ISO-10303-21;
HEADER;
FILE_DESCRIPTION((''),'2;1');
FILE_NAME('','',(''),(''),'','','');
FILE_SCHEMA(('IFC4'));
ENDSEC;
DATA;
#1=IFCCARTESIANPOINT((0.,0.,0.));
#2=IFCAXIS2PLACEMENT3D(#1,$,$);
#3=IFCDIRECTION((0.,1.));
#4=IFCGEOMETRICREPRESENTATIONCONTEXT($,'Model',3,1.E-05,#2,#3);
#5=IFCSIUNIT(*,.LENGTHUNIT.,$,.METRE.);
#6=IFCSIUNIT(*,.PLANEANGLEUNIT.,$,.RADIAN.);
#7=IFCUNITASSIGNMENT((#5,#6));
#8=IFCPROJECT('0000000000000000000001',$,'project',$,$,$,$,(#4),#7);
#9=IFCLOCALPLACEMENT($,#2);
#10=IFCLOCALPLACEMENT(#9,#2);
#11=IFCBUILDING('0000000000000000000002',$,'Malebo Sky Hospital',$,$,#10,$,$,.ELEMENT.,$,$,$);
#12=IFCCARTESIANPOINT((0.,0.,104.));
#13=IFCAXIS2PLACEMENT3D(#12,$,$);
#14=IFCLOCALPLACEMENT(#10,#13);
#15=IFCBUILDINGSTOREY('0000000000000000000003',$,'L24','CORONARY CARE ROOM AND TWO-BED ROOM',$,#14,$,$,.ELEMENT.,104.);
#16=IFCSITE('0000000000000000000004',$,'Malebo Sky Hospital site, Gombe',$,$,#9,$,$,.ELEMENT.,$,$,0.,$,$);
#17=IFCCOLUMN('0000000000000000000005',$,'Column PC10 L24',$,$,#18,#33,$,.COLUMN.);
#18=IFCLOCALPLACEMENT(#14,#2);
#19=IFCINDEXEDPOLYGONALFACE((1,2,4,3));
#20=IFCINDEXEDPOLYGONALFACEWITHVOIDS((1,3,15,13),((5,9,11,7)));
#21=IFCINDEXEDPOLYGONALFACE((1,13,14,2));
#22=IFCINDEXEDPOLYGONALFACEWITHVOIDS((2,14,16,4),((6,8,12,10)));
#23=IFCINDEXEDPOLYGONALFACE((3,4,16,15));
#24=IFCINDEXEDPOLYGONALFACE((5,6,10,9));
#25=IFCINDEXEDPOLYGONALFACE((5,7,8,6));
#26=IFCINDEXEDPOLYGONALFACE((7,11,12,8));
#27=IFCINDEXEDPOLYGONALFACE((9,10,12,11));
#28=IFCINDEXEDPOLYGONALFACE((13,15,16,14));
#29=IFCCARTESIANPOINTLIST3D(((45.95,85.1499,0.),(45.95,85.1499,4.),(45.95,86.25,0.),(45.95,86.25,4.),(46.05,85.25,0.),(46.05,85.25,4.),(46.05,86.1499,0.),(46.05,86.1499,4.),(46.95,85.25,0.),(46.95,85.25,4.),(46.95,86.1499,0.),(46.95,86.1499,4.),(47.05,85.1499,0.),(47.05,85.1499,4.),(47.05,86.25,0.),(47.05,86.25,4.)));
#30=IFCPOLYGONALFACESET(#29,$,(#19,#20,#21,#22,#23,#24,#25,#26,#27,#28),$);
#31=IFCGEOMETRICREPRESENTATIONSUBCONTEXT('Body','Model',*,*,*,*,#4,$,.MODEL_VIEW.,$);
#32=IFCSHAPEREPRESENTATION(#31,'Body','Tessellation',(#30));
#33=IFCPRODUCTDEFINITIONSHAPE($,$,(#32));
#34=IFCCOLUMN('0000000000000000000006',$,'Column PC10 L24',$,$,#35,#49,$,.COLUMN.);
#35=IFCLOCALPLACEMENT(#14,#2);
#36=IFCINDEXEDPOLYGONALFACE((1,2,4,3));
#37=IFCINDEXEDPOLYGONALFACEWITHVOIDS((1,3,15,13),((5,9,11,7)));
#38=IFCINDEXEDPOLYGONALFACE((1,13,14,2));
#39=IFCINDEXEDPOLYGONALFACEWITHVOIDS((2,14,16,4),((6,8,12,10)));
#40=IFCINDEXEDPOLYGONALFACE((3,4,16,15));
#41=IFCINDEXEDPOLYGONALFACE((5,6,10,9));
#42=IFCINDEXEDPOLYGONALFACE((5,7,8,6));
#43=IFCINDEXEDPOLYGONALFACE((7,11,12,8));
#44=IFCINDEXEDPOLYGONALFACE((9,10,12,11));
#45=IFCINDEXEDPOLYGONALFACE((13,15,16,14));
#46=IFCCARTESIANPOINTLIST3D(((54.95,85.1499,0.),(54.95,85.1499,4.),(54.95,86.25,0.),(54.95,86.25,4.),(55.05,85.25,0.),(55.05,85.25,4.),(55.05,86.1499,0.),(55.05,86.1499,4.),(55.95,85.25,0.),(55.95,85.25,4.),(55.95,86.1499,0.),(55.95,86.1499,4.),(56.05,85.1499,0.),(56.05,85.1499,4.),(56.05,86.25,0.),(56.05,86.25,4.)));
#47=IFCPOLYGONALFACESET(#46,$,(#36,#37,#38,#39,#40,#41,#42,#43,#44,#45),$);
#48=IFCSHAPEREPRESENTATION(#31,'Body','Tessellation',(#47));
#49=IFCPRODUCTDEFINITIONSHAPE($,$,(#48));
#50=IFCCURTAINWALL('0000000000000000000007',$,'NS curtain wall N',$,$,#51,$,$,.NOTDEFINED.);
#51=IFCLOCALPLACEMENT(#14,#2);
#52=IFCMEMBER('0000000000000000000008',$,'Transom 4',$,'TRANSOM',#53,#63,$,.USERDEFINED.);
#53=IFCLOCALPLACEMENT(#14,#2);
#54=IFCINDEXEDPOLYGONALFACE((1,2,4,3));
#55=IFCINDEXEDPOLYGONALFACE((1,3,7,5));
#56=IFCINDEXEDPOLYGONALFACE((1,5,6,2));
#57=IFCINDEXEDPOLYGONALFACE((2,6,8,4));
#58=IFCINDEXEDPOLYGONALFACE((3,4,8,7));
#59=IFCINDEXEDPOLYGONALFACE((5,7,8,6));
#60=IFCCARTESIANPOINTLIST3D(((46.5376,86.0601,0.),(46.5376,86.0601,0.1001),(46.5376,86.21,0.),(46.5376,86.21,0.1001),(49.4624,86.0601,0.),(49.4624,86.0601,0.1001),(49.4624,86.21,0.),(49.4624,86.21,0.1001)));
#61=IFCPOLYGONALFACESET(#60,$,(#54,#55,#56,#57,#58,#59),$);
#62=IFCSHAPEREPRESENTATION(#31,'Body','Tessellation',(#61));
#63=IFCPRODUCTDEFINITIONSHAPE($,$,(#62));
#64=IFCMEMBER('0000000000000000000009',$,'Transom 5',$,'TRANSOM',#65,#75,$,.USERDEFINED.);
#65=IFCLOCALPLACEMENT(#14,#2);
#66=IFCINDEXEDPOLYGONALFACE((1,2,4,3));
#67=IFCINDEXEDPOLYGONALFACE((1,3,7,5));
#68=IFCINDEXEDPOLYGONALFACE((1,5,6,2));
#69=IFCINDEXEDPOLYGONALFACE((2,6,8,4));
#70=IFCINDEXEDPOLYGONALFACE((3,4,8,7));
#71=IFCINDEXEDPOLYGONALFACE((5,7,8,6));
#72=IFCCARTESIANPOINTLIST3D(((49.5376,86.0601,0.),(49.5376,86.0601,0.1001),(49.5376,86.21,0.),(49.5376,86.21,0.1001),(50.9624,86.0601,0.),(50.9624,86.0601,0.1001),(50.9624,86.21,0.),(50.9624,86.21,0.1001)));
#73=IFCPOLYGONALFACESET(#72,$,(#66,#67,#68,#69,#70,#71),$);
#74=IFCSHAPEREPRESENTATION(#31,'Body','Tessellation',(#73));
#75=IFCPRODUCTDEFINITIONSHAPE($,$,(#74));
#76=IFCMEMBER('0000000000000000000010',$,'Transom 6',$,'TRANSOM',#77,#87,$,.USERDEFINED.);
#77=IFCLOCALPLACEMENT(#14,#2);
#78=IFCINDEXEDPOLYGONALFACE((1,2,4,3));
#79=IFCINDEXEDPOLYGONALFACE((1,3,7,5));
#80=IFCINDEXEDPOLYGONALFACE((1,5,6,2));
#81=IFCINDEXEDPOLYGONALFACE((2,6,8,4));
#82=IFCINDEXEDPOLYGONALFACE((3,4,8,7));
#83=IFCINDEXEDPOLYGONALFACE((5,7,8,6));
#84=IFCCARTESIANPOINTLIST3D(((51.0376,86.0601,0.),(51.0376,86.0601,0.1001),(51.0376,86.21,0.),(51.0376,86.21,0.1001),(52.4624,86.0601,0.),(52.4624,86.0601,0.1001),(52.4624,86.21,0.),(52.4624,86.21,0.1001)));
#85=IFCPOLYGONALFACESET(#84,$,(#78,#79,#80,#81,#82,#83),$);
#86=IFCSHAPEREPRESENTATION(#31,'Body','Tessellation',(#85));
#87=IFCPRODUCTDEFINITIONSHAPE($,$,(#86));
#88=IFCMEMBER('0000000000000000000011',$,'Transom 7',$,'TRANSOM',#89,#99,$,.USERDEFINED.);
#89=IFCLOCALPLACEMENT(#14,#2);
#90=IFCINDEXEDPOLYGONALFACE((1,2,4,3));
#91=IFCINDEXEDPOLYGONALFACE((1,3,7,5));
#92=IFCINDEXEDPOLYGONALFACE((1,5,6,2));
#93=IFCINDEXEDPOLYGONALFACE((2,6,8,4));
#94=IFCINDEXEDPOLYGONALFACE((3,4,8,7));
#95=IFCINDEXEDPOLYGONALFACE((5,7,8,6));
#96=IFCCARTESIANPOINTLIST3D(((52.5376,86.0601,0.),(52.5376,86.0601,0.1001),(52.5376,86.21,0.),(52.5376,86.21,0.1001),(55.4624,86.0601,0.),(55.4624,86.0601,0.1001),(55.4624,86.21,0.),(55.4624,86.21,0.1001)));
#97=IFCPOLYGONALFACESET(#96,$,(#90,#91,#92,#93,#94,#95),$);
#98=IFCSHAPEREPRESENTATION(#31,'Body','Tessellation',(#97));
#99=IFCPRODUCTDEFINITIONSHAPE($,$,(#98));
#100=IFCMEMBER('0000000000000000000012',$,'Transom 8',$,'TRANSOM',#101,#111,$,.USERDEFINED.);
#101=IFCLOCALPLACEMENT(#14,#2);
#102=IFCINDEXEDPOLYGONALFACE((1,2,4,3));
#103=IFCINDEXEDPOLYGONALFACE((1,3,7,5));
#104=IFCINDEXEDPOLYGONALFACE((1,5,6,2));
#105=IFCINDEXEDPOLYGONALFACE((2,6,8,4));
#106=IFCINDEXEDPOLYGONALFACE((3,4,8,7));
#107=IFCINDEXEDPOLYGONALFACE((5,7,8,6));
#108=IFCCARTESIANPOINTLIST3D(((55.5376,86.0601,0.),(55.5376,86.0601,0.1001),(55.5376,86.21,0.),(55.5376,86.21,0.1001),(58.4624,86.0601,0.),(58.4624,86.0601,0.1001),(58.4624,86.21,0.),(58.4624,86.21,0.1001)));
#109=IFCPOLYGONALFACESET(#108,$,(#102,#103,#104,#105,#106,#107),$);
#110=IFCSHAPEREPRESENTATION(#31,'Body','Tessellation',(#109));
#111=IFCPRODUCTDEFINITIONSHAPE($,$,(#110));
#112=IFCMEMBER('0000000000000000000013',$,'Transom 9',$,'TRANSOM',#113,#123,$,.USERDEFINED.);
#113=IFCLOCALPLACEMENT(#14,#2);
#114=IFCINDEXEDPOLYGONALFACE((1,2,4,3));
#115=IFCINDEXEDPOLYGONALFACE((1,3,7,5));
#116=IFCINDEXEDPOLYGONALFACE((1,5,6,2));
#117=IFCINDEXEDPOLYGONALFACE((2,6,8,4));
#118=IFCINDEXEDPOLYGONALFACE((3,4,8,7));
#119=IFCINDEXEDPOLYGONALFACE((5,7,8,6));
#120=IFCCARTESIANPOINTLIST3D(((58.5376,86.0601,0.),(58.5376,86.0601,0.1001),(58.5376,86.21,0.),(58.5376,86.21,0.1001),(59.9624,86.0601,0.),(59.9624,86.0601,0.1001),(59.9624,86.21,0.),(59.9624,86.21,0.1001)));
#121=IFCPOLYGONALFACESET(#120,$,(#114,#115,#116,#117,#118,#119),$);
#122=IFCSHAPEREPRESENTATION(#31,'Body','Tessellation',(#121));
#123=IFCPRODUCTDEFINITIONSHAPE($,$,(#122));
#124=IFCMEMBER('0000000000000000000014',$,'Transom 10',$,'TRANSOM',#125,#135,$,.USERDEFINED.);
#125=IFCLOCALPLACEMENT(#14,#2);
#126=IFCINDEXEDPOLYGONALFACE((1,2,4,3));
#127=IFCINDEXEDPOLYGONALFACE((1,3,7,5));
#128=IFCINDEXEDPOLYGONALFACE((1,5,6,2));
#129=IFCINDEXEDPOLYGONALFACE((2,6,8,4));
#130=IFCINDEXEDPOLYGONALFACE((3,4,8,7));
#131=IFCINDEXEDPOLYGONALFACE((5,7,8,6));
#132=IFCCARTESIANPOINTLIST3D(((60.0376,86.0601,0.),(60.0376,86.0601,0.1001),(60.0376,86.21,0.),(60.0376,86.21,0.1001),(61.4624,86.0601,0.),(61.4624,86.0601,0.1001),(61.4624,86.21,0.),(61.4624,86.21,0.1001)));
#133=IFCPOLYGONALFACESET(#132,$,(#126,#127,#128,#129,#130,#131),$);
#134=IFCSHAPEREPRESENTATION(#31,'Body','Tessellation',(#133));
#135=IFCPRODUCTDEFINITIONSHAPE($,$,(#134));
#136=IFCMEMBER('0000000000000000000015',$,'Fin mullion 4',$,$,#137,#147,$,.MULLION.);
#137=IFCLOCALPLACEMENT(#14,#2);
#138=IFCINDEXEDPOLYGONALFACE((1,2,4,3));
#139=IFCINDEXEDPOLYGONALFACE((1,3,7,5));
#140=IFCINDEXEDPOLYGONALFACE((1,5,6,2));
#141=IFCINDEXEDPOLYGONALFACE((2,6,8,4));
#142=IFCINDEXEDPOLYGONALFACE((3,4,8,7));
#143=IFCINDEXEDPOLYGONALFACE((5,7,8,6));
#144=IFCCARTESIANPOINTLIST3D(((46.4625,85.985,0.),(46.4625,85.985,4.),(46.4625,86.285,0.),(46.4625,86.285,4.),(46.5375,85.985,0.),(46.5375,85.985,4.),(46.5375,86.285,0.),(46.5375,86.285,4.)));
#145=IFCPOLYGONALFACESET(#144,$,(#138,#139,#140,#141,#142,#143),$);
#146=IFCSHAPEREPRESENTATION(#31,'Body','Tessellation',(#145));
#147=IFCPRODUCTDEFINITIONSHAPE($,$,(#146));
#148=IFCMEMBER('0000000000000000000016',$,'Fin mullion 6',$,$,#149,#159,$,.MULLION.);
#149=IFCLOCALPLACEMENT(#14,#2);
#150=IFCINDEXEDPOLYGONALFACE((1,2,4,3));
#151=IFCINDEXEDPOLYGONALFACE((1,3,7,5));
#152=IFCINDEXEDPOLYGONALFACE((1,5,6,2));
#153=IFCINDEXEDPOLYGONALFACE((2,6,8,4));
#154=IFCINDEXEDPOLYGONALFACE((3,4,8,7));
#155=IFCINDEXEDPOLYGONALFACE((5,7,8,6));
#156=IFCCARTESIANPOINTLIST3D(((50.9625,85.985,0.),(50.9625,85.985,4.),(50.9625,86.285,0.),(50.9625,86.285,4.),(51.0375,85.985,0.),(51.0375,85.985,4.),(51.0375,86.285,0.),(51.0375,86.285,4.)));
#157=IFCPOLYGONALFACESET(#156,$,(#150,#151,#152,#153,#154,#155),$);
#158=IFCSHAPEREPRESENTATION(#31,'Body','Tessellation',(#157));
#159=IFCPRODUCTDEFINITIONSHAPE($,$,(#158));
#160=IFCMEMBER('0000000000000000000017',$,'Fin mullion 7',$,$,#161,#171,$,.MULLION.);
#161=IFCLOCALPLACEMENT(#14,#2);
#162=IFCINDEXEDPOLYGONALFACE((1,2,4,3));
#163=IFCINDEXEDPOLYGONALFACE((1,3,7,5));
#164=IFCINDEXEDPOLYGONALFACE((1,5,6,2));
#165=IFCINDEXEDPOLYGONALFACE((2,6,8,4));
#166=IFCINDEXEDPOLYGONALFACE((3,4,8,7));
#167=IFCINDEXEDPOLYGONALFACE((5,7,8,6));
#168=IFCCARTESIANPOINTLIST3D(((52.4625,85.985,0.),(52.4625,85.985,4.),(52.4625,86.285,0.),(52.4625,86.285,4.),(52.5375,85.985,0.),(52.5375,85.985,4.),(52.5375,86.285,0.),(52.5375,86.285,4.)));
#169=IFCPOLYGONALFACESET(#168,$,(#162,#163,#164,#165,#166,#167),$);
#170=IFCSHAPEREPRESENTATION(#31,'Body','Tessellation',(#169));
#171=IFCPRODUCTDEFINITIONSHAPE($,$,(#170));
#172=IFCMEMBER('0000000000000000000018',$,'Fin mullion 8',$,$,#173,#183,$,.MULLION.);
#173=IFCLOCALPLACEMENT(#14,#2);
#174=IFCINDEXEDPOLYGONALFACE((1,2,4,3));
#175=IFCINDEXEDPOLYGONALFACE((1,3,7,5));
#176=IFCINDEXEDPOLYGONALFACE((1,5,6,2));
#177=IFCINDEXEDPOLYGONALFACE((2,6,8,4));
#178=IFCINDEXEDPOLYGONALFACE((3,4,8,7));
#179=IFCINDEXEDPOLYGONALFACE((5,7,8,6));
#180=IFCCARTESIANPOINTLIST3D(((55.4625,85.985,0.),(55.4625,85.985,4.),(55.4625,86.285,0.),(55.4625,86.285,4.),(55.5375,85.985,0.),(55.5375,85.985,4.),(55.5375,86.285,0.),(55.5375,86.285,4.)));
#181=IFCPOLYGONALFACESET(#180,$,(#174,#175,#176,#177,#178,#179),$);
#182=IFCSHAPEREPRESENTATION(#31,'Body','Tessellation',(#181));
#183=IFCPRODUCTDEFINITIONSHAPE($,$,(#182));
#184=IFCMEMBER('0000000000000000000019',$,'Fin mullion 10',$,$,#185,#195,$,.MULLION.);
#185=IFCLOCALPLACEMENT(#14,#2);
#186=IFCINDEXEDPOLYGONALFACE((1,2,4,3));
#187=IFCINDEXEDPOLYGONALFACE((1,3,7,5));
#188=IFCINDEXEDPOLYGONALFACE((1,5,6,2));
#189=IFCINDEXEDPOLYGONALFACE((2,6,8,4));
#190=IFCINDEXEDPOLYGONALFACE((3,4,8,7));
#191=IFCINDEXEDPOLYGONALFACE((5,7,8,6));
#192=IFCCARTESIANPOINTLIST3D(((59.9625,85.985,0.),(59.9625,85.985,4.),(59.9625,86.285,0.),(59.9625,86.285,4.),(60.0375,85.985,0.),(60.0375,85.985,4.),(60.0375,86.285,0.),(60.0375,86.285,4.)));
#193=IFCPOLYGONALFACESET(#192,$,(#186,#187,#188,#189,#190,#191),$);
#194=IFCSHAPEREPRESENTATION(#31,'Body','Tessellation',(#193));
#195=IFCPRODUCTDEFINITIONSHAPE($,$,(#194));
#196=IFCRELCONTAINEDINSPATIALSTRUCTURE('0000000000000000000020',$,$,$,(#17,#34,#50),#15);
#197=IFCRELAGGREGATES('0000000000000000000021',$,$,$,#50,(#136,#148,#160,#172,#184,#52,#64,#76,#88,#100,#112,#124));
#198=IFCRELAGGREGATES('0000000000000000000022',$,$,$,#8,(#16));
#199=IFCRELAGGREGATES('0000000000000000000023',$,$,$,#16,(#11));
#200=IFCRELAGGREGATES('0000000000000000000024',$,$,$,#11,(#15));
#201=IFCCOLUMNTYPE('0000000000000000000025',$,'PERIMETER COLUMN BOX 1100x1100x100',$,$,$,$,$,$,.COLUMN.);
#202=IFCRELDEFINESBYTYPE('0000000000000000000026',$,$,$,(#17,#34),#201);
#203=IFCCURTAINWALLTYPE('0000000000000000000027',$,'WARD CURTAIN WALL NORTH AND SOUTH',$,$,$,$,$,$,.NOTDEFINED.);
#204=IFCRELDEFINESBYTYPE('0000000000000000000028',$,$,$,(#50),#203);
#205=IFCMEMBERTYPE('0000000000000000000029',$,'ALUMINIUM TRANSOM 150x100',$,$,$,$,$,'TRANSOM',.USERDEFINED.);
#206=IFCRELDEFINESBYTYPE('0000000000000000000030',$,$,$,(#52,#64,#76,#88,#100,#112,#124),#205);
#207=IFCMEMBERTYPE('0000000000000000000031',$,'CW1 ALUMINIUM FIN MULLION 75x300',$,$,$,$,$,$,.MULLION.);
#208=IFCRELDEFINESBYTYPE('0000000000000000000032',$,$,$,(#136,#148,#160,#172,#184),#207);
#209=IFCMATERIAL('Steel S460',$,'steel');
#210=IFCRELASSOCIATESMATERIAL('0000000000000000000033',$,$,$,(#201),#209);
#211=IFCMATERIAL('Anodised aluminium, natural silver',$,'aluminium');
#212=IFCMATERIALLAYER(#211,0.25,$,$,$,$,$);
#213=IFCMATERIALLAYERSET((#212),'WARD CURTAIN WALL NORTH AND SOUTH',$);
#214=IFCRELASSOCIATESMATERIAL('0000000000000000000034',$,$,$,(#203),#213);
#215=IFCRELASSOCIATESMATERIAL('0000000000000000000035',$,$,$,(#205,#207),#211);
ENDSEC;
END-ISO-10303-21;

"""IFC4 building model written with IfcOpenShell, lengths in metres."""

from ifc_helpers import new_model, si_unit, direction, frame, origin, origin_2d, place, context, subcontext, project, spatial, rectangle, hollow_rectangle, extrude, material, layer, layer_set, material_profile, profile_set, type_object, element, aggregate, save


model = new_model("IFC4")

# Units and contexts
model_context = context("Model", 3, precision=1e-05, world=origin(), true_north=direction((0.0, 1.0)))
body_context = subcontext(model_context, "Body", "Model", "MODEL_VIEW")
ifc_project = project(units=[si_unit("LENGTHUNIT", "METRE"), si_unit("PLANEANGLEUNIT", "RADIAN")], contexts=[model_context])

# Site, building, storey
site_placement = place(None, origin())
site = spatial("IfcSite", under=ifc_project, at=site_placement, Name="Malebo Sky Hospital site, Gombe", CompositionType="ELEMENT", RefElevation=0.0)
building_placement = place(site_placement, origin())
building = spatial("IfcBuilding", under=site, at=building_placement, Name="Malebo Sky Hospital", CompositionType="ELEMENT")
storey_placement = place(building_placement, frame((0.0, 0.0, 104.0)))
storey = spatial("IfcBuildingStorey", under=building, at=storey_placement, Name="L24", Description="CORONARY CARE ROOM AND TWO-BED ROOM", CompositionType="ELEMENT", Elevation=104.0)

# Columns
ifc_material_1 = material(Name="Steel S460", Category="steel")
ifc_material_profile_1 = material_profile(ifc_material_1, hollow_rectangle(XDim=1.1001, YDim=1.1001, WallThickness=0.1001, at=origin_2d()), Name="BOX 1100x1100x100")
ifc_profile_set_1 = profile_set([ifc_material_profile_1], Name="Steel S460")
column_type = type_object("IfcColumnType", Name="PERIMETER COLUMN BOX 1100x1100x100", PredefinedType="COLUMN", material=ifc_profile_set_1)
for number, where, z_axis, x_axis, name in (
    (1, (46.5, 85.7, 0.0), (0.0, 0.0, 1.0), (1.0, 0.0, 0.0), "Column PC10 L24"),
    (2, (55.5, 85.7, 0.0), (0.0, 0.0, 1.0), (1.0, 0.0, 0.0), "Column PC10 L24"),
):
    element("IfcColumn", number, at=place(storey_placement, frame(where, z_axis=z_axis, x_axis=x_axis)), inside=storey, type_object=column_type, Name=name, PredefinedType="COLUMN", context=body_context, shape_type="SweptSolid", body=[
        extrude(hollow_rectangle(XDim=1.1001, YDim=1.1001, WallThickness=0.1001, at=origin_2d()), origin(), (0.0, 0.0, 1.0), 4.0),
    ])

# Curtain wall, members
ifc_material_2 = material(Name="Anodised aluminium, natural silver", Category="aluminium")
ifc_layer_1 = layer(ifc_material_2, 0.25)
ifc_layer_set_1 = layer_set([ifc_layer_1], Name="WARD CURTAIN WALL NORTH AND SOUTH")
curtain_wall_type = type_object("IfcCurtainWallType", Name="WARD CURTAIN WALL NORTH AND SOUTH", PredefinedType="NOTDEFINED", material=ifc_layer_set_1)
curtain_wall_placement = place(storey_placement, origin())
curtain_wall = element("IfcCurtainWall", 3, at=curtain_wall_placement, inside=storey, type_object=curtain_wall_type, Name="NS curtain wall N", PredefinedType="NOTDEFINED")
ifc_material_profile_2 = material_profile(ifc_material_2, rectangle(XDim=0.1499, YDim=0.1001, at=origin_2d()), Name="ALUMINIUM TRANSOM 150x100")
ifc_profile_set_2 = profile_set([ifc_material_profile_2], Name="Anodised aluminium, natural silver")
member_type_1 = type_object("IfcMemberType", Name="ALUMINIUM TRANSOM 150x100", ElementType="TRANSOM", PredefinedType="USERDEFINED", material=ifc_profile_set_2)
member_1_placement = place(storey_placement, frame((46.5376, 86.135, 0.05), z_axis=(1.0, 0.0, 0.0), x_axis=(0.0, 1.0, 0.0)))
member_1 = element("IfcMember", 4, at=member_1_placement, type_object=member_type_1, Name="Transom 4", ObjectType="TRANSOM", PredefinedType="USERDEFINED", context=body_context, shape_type="SweptSolid", body=[
    extrude(rectangle(XDim=0.1499, YDim=0.1001, at=origin_2d()), origin(), (0.0, 0.0, 1.0), 2.9248),
])
member_2_placement = place(storey_placement, frame((49.5376, 86.135, 0.05), z_axis=(1.0, 0.0, 0.0), x_axis=(0.0, 1.0, 0.0)))
member_2 = element("IfcMember", 5, at=member_2_placement, type_object=member_type_1, Name="Transom 5", ObjectType="TRANSOM", PredefinedType="USERDEFINED", context=body_context, shape_type="SweptSolid", body=[
    extrude(rectangle(XDim=0.1499, YDim=0.1001, at=origin_2d()), origin(), (0.0, 0.0, 1.0), 1.4248),
])
member_3_placement = place(storey_placement, frame((51.0376, 86.135, 0.05), z_axis=(1.0, 0.0, 0.0), x_axis=(0.0, 1.0, 0.0)))
member_3 = element("IfcMember", 6, at=member_3_placement, type_object=member_type_1, Name="Transom 6", ObjectType="TRANSOM", PredefinedType="USERDEFINED", context=body_context, shape_type="SweptSolid", body=[
    extrude(rectangle(XDim=0.1499, YDim=0.1001, at=origin_2d()), origin(), (0.0, 0.0, 1.0), 1.4248),
])
member_4_placement = place(storey_placement, frame((52.5376, 86.135, 0.05), z_axis=(1.0, 0.0, 0.0), x_axis=(0.0, 1.0, 0.0)))
member_4 = element("IfcMember", 7, at=member_4_placement, type_object=member_type_1, Name="Transom 7", ObjectType="TRANSOM", PredefinedType="USERDEFINED", context=body_context, shape_type="SweptSolid", body=[
    extrude(rectangle(XDim=0.1499, YDim=0.1001, at=origin_2d()), origin(), (0.0, 0.0, 1.0), 2.9248),
])
member_5_placement = place(storey_placement, frame((55.5376, 86.135, 0.05), z_axis=(1.0, 0.0, 0.0), x_axis=(0.0, 1.0, 0.0)))
member_5 = element("IfcMember", 8, at=member_5_placement, type_object=member_type_1, Name="Transom 8", ObjectType="TRANSOM", PredefinedType="USERDEFINED", context=body_context, shape_type="SweptSolid", body=[
    extrude(rectangle(XDim=0.1499, YDim=0.1001, at=origin_2d()), origin(), (0.0, 0.0, 1.0), 2.9248),
])
member_6_placement = place(storey_placement, frame((58.5376, 86.135, 0.05), z_axis=(1.0, 0.0, 0.0), x_axis=(0.0, 1.0, 0.0)))
member_6 = element("IfcMember", 9, at=member_6_placement, type_object=member_type_1, Name="Transom 9", ObjectType="TRANSOM", PredefinedType="USERDEFINED", context=body_context, shape_type="SweptSolid", body=[
    extrude(rectangle(XDim=0.1499, YDim=0.1001, at=origin_2d()), origin(), (0.0, 0.0, 1.0), 1.4248),
])
member_7_placement = place(storey_placement, frame((60.0376, 86.135, 0.05), z_axis=(1.0, 0.0, 0.0), x_axis=(0.0, 1.0, 0.0)))
member_7 = element("IfcMember", 10, at=member_7_placement, type_object=member_type_1, Name="Transom 10", ObjectType="TRANSOM", PredefinedType="USERDEFINED", context=body_context, shape_type="SweptSolid", body=[
    extrude(rectangle(XDim=0.1499, YDim=0.1001, at=origin_2d()), origin(), (0.0, 0.0, 1.0), 1.4248),
])
ifc_material_profile_3 = material_profile(ifc_material_2, rectangle(XDim=0.075, YDim=0.3, at=origin_2d()), Name="CW1 ALUMINIUM FIN MULLION 75x300")
ifc_profile_set_3 = profile_set([ifc_material_profile_3], Name="Anodised aluminium, natural silver")
member_type_2 = type_object("IfcMemberType", Name="CW1 ALUMINIUM FIN MULLION 75x300", PredefinedType="MULLION", material=ifc_profile_set_3)
member_8_placement = place(storey_placement, frame((46.5, 86.135, 0.0), z_axis=(0.0, 0.0, 1.0), x_axis=(1.0, 0.0, 0.0)))
member_8 = element("IfcMember", 11, at=member_8_placement, type_object=member_type_2, Name="Fin mullion 4", PredefinedType="MULLION", context=body_context, shape_type="SweptSolid", body=[
    extrude(rectangle(XDim=0.075, YDim=0.3, at=origin_2d()), origin(), (0.0, 0.0, 1.0), 4.0),
])
member_9_placement = place(storey_placement, frame((51.0, 86.135, 0.0), z_axis=(0.0, 0.0, 1.0), x_axis=(1.0, 0.0, 0.0)))
member_9 = element("IfcMember", 12, at=member_9_placement, type_object=member_type_2, Name="Fin mullion 6", PredefinedType="MULLION", context=body_context, shape_type="SweptSolid", body=[
    extrude(rectangle(XDim=0.075, YDim=0.3, at=origin_2d()), origin(), (0.0, 0.0, 1.0), 4.0),
])
member_10_placement = place(storey_placement, frame((52.5, 86.135, 0.0), z_axis=(0.0, 0.0, 1.0), x_axis=(1.0, 0.0, 0.0)))
member_10 = element("IfcMember", 13, at=member_10_placement, type_object=member_type_2, Name="Fin mullion 7", PredefinedType="MULLION", context=body_context, shape_type="SweptSolid", body=[
    extrude(rectangle(XDim=0.075, YDim=0.3, at=origin_2d()), origin(), (0.0, 0.0, 1.0), 4.0),
])
member_11_placement = place(storey_placement, frame((55.5, 86.135, 0.0), z_axis=(0.0, 0.0, 1.0), x_axis=(1.0, 0.0, 0.0)))
member_11 = element("IfcMember", 14, at=member_11_placement, type_object=member_type_2, Name="Fin mullion 8", PredefinedType="MULLION", context=body_context, shape_type="SweptSolid", body=[
    extrude(rectangle(XDim=0.075, YDim=0.3, at=origin_2d()), origin(), (0.0, 0.0, 1.0), 4.0),
])
member_12_placement = place(storey_placement, frame((60.0, 86.135, 0.0), z_axis=(0.0, 0.0, 1.0), x_axis=(1.0, 0.0, 0.0)))
member_12 = element("IfcMember", 15, at=member_12_placement, type_object=member_type_2, Name="Fin mullion 10", PredefinedType="MULLION", context=body_context, shape_type="SweptSolid", body=[
    extrude(rectangle(XDim=0.075, YDim=0.3, at=origin_2d()), origin(), (0.0, 0.0, 1.0), 4.0),
])

aggregate(curtain_wall, [member_8, member_9, member_10, member_11, member_12, member_1, member_2, member_3, member_4, member_5, member_6, member_7])

save(model, "model.ifc")
